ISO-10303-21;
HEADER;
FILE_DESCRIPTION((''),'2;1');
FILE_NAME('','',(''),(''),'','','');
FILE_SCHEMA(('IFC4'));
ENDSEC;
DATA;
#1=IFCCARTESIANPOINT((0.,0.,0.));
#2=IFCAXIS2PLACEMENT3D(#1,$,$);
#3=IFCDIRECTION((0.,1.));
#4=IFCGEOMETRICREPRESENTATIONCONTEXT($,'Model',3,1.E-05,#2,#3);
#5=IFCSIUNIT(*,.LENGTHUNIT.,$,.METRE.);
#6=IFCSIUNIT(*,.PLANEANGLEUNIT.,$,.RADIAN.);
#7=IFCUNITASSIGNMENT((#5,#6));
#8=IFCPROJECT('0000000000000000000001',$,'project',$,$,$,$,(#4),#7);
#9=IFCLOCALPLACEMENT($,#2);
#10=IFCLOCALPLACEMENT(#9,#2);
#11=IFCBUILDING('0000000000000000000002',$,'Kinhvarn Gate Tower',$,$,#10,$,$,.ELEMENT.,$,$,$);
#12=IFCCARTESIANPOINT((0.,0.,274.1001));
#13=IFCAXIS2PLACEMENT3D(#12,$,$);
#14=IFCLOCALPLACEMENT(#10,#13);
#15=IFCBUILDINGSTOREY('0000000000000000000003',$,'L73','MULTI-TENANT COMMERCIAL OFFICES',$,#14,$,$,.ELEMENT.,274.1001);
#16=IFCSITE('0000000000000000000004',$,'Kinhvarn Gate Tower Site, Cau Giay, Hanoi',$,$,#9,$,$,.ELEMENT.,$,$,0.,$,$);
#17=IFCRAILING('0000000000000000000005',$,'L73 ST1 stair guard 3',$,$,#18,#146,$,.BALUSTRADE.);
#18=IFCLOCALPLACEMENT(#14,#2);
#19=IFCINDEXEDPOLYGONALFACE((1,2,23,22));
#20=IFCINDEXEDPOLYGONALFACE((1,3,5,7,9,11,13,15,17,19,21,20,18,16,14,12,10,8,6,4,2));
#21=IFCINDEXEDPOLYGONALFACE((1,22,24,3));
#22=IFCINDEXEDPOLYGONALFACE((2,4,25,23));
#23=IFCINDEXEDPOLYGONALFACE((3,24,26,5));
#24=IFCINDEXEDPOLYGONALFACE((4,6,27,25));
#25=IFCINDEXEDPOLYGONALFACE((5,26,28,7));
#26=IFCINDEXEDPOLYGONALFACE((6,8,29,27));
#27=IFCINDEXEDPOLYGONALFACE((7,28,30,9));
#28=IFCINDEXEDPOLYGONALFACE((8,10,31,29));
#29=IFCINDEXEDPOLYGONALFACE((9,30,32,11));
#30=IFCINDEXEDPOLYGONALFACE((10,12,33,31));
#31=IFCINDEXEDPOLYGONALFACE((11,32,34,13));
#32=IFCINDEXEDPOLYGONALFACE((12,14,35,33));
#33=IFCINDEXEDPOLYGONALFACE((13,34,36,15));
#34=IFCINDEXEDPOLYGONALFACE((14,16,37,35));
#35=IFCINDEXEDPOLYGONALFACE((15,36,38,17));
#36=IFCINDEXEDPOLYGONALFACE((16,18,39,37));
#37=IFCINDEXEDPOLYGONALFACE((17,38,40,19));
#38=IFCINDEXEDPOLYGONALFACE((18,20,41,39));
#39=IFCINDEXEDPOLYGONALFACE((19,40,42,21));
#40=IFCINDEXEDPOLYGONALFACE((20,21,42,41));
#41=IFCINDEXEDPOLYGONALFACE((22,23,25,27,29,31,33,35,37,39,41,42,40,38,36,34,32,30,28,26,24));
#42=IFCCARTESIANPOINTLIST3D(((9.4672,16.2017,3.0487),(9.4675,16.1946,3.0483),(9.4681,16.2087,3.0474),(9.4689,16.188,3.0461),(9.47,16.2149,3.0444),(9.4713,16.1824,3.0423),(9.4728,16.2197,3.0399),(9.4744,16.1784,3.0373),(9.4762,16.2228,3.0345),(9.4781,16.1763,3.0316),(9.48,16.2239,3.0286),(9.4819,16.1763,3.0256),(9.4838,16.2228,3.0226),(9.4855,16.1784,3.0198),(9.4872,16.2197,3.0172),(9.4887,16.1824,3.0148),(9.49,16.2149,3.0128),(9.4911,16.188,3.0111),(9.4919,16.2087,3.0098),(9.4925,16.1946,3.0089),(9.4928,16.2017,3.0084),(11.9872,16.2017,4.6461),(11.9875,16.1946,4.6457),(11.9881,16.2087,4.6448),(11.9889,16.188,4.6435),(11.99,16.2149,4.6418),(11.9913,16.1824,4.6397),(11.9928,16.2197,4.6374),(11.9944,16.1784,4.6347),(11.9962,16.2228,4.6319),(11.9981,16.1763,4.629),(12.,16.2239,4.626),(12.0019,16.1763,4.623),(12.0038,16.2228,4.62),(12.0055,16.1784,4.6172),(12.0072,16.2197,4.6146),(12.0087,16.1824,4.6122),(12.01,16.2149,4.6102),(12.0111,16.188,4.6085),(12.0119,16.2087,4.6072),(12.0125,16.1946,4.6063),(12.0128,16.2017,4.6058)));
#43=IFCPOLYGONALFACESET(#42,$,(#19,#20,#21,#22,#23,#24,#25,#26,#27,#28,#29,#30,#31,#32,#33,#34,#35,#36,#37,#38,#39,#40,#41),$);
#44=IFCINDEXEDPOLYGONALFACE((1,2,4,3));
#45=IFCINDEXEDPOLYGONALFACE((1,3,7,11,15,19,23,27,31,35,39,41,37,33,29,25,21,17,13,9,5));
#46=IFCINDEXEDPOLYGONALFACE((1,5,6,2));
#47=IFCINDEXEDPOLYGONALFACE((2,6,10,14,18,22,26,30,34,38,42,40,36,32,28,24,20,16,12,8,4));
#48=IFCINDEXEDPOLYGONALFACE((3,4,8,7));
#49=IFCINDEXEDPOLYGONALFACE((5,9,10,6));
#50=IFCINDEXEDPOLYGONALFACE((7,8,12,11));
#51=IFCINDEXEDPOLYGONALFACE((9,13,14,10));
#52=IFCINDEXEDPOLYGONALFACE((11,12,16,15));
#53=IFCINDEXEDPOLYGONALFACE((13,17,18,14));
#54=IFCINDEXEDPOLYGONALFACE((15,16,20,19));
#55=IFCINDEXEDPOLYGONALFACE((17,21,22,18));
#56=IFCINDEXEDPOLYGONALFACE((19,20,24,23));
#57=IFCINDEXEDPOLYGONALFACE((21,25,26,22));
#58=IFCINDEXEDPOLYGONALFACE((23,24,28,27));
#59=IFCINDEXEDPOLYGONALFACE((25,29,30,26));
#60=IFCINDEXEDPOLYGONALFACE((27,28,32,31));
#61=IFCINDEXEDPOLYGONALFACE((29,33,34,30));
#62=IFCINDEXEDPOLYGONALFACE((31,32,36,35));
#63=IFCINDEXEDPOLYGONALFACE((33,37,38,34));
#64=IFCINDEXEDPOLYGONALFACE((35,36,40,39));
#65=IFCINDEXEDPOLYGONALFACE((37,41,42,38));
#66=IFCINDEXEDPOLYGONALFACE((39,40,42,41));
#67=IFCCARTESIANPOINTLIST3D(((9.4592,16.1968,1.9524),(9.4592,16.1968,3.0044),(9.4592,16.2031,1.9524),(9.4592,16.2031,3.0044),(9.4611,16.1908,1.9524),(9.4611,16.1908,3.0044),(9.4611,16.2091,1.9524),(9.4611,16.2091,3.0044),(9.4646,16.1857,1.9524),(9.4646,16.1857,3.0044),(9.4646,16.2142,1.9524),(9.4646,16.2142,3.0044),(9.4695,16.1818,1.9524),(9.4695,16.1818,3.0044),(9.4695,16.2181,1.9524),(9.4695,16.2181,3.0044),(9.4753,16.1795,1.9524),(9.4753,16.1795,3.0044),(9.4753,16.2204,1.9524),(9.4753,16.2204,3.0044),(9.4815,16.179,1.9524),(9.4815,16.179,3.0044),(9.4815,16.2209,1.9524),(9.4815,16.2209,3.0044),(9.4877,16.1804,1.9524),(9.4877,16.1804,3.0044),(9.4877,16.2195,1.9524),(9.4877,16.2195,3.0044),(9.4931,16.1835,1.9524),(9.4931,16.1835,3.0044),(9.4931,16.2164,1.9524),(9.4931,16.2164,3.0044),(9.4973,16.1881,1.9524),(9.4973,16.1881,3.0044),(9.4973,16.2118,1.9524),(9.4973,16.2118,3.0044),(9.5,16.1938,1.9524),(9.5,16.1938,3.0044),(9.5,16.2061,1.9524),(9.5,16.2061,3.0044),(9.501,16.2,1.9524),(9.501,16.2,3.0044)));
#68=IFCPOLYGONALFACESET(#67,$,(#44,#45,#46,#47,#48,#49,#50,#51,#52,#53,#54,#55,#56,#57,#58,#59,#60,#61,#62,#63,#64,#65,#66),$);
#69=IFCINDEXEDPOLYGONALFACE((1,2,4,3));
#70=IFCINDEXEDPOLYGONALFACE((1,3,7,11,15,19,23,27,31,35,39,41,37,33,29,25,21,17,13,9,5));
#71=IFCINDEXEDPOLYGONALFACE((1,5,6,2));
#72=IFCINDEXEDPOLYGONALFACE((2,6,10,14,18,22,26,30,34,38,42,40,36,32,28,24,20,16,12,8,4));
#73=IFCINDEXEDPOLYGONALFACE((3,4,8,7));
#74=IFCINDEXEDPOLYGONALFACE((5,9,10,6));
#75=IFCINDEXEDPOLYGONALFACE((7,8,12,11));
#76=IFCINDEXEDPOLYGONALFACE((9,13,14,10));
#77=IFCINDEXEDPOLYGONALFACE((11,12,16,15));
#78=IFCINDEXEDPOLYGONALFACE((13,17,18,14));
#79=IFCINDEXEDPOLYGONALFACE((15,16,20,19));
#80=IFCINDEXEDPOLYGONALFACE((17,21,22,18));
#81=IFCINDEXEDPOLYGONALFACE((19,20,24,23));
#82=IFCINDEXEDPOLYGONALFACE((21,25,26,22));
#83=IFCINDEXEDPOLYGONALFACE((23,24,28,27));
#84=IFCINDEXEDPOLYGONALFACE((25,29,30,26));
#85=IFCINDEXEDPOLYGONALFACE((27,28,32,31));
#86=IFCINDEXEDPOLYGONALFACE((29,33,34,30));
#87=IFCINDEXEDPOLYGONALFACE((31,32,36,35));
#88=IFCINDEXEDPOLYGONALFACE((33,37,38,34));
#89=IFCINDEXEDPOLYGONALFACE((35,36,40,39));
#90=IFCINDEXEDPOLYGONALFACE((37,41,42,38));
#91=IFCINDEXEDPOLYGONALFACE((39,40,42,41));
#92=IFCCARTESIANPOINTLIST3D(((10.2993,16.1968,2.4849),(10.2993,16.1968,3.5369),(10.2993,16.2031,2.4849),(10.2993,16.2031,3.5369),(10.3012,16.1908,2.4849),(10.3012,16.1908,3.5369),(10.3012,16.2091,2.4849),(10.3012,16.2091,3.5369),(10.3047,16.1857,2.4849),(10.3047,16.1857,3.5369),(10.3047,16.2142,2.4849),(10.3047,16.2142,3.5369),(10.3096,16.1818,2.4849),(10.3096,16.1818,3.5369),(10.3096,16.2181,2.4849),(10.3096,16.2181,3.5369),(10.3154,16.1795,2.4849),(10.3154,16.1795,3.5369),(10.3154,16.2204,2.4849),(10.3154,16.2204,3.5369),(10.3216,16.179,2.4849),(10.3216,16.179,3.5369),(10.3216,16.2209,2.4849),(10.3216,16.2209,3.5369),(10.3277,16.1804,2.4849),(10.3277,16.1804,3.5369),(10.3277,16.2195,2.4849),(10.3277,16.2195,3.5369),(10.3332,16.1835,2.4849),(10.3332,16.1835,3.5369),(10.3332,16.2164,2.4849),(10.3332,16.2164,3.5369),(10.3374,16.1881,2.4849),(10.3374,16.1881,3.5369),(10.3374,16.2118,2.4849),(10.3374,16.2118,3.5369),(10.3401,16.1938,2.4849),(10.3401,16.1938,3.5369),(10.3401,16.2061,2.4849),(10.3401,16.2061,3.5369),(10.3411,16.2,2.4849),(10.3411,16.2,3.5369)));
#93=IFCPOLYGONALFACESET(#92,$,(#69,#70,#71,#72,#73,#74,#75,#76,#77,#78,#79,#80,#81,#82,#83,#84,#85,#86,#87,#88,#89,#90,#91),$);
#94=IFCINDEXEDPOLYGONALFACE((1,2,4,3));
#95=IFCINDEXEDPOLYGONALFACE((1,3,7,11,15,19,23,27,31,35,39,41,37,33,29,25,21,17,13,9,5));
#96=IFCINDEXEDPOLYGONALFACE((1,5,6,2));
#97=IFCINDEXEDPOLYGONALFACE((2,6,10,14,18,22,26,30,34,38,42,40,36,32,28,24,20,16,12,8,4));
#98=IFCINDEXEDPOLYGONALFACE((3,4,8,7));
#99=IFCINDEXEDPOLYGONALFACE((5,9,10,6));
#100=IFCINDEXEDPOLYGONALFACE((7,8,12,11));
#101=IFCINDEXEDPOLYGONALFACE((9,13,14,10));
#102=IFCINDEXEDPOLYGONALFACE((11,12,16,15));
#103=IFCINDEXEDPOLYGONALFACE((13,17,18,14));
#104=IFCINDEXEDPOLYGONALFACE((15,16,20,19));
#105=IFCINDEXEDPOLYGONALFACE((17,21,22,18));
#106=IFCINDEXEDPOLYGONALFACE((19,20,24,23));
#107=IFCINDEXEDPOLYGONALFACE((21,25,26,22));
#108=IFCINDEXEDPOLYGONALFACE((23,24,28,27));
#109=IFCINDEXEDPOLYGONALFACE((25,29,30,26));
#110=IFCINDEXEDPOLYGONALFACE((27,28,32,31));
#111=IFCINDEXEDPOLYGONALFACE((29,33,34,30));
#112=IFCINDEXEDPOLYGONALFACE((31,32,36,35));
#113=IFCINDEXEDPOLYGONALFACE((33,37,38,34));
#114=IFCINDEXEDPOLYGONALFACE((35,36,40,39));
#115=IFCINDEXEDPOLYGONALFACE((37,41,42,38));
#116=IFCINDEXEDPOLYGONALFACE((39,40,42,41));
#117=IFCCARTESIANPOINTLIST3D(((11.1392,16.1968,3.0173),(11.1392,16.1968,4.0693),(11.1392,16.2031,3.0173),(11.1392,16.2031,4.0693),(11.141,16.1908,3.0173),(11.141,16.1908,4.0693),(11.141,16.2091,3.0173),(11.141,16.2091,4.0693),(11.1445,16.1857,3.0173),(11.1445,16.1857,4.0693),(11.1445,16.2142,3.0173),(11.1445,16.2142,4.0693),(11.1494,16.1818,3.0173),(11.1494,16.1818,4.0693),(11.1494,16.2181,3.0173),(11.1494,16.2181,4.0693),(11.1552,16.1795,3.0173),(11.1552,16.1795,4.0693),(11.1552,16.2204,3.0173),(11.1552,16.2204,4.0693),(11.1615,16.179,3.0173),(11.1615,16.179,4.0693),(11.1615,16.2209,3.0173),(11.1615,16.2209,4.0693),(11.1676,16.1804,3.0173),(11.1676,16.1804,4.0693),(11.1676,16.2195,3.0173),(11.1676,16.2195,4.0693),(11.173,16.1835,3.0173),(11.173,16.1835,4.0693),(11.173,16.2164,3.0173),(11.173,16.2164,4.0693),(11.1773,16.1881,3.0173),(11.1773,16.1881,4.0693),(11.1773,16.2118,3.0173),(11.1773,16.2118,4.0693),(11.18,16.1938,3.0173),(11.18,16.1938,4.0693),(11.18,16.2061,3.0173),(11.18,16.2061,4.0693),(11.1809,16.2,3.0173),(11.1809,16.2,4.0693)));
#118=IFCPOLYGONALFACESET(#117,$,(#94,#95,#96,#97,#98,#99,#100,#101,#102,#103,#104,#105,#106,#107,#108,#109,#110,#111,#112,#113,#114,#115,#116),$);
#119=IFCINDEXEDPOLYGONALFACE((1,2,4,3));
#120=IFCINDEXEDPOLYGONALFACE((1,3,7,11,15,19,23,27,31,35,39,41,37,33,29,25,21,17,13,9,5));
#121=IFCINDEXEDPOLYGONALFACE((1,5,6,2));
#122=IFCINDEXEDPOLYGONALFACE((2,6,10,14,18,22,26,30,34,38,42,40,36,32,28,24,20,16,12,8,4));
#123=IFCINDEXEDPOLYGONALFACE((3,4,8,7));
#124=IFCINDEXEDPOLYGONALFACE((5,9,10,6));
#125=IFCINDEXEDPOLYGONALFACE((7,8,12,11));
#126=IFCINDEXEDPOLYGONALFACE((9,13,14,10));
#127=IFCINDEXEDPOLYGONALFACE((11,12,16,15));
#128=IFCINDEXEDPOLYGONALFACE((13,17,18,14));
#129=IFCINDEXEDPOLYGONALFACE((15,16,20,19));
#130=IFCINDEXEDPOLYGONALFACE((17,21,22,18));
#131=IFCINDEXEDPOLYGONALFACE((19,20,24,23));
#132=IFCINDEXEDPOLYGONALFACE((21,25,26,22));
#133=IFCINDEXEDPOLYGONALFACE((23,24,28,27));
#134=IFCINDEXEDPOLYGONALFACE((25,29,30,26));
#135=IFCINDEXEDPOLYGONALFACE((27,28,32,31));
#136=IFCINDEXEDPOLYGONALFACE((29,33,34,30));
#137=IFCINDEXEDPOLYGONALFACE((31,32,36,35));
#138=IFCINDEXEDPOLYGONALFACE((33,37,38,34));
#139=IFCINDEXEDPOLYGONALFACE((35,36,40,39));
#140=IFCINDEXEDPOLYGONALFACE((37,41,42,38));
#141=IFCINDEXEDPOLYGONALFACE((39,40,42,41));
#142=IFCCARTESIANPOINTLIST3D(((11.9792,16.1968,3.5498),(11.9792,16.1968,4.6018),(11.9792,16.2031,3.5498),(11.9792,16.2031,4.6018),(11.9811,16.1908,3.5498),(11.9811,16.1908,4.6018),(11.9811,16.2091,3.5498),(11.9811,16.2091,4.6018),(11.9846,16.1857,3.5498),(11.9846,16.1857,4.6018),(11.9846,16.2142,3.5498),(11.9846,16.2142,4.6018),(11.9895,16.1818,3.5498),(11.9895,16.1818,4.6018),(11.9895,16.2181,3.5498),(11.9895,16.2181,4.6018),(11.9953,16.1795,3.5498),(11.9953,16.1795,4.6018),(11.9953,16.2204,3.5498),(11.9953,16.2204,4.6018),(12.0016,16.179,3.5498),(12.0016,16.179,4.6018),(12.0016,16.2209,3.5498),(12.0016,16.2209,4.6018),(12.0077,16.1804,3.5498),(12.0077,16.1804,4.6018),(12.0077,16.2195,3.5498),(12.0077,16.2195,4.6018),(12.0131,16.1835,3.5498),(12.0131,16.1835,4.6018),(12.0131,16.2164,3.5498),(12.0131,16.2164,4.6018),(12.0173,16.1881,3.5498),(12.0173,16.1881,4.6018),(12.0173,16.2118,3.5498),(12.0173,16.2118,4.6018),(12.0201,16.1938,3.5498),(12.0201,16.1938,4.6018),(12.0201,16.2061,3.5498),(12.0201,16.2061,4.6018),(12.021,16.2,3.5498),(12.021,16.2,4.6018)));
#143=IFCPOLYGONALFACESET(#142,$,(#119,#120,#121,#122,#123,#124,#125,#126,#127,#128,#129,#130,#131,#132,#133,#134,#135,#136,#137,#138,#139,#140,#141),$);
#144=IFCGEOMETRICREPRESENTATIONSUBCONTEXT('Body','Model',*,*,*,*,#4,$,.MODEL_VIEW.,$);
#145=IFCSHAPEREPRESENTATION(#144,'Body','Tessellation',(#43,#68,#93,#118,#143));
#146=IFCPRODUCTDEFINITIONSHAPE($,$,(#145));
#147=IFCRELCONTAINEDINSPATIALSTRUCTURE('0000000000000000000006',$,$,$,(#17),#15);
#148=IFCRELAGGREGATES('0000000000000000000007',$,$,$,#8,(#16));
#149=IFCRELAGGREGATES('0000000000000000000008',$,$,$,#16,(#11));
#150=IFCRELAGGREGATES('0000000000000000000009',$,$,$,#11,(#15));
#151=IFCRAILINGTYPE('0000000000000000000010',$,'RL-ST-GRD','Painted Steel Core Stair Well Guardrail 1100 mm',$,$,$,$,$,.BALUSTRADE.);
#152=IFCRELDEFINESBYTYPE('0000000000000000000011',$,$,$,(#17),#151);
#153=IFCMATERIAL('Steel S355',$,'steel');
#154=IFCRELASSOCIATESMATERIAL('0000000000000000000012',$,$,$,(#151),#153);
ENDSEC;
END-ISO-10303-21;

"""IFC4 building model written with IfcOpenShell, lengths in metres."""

from ifc_helpers import new_model, si_unit, direction, frame, origin, origin_2d, place, context, subcontext, project, spatial, circle, extrude, material, type_object, element, save


model = new_model("IFC4")

# Units and contexts
model_context = context("Model", 3, precision=1e-05, world=origin(), true_north=direction((0.0, 1.0)))
body_context = subcontext(model_context, "Body", "Model", "MODEL_VIEW")
ifc_project = project(units=[si_unit("LENGTHUNIT", "METRE"), si_unit("PLANEANGLEUNIT", "RADIAN")], contexts=[model_context])

# Site, building, storey
site_placement = place(None, origin())
site = spatial("IfcSite", under=ifc_project, at=site_placement, Name="Kinhvarn Gate Tower Site, Cau Giay, Hanoi", CompositionType="ELEMENT", RefElevation=0.0)
building_placement = place(site_placement, origin())
building = spatial("IfcBuilding", under=site, at=building_placement, Name="Kinhvarn Gate Tower", CompositionType="ELEMENT")
storey_placement = place(building_placement, frame((0.0, 0.0, 274.1001)))
storey = spatial("IfcBuildingStorey", under=building, at=storey_placement, Name="L73", Description="MULTI-TENANT COMMERCIAL OFFICES", CompositionType="ELEMENT", Elevation=274.1001)

# Shared definitions
ifc_material_1 = material(Name="Steel S355", Category="steel")

# Railing
railing_type_1 = type_object("IfcRailingType", Name="RL-ST-GRD", Description="Painted Steel Core Stair Well Guardrail 1100 mm", PredefinedType="BALUSTRADE", material=ifc_material_1)
railing_1_placement = place(storey_placement, frame((9.48, 16.2, 1.9524)))
element("IfcRailing", 1, at=railing_1_placement, inside=storey, type_object=railing_type_1, Name="L73 ST1 stair guard 3", PredefinedType="BALUSTRADE", context=body_context, shape_type="SweptSolid", body=[
    extrude(circle(Radius=0.0239, at=origin_2d()), frame((0.0, 0.0, 1.0762), z_axis=(0.844607, 0.0, 0.535387), x_axis=(0.0, 1.0, 0.0)), (0.0, 0.0, 1.0), 2.9836),
    extrude(circle(Radius=0.021, at=origin_2d()), origin(), (0.0, 0.0, 1.0), 1.052),
    extrude(circle(Radius=0.021, at=origin_2d()), frame((0.8401, 0.0, 0.5325)), (0.0, 0.0, 1.0), 1.052),
    extrude(circle(Radius=0.021, at=origin_2d()), frame((1.6799, 0.0, 1.0649)), (0.0, 0.0, 1.0), 1.052),
    extrude(circle(Radius=0.021, at=origin_2d()), frame((2.52, 0.0, 1.5974)), (0.0, 0.0, 1.0), 1.052),
])

save(model, "model.ifc")
